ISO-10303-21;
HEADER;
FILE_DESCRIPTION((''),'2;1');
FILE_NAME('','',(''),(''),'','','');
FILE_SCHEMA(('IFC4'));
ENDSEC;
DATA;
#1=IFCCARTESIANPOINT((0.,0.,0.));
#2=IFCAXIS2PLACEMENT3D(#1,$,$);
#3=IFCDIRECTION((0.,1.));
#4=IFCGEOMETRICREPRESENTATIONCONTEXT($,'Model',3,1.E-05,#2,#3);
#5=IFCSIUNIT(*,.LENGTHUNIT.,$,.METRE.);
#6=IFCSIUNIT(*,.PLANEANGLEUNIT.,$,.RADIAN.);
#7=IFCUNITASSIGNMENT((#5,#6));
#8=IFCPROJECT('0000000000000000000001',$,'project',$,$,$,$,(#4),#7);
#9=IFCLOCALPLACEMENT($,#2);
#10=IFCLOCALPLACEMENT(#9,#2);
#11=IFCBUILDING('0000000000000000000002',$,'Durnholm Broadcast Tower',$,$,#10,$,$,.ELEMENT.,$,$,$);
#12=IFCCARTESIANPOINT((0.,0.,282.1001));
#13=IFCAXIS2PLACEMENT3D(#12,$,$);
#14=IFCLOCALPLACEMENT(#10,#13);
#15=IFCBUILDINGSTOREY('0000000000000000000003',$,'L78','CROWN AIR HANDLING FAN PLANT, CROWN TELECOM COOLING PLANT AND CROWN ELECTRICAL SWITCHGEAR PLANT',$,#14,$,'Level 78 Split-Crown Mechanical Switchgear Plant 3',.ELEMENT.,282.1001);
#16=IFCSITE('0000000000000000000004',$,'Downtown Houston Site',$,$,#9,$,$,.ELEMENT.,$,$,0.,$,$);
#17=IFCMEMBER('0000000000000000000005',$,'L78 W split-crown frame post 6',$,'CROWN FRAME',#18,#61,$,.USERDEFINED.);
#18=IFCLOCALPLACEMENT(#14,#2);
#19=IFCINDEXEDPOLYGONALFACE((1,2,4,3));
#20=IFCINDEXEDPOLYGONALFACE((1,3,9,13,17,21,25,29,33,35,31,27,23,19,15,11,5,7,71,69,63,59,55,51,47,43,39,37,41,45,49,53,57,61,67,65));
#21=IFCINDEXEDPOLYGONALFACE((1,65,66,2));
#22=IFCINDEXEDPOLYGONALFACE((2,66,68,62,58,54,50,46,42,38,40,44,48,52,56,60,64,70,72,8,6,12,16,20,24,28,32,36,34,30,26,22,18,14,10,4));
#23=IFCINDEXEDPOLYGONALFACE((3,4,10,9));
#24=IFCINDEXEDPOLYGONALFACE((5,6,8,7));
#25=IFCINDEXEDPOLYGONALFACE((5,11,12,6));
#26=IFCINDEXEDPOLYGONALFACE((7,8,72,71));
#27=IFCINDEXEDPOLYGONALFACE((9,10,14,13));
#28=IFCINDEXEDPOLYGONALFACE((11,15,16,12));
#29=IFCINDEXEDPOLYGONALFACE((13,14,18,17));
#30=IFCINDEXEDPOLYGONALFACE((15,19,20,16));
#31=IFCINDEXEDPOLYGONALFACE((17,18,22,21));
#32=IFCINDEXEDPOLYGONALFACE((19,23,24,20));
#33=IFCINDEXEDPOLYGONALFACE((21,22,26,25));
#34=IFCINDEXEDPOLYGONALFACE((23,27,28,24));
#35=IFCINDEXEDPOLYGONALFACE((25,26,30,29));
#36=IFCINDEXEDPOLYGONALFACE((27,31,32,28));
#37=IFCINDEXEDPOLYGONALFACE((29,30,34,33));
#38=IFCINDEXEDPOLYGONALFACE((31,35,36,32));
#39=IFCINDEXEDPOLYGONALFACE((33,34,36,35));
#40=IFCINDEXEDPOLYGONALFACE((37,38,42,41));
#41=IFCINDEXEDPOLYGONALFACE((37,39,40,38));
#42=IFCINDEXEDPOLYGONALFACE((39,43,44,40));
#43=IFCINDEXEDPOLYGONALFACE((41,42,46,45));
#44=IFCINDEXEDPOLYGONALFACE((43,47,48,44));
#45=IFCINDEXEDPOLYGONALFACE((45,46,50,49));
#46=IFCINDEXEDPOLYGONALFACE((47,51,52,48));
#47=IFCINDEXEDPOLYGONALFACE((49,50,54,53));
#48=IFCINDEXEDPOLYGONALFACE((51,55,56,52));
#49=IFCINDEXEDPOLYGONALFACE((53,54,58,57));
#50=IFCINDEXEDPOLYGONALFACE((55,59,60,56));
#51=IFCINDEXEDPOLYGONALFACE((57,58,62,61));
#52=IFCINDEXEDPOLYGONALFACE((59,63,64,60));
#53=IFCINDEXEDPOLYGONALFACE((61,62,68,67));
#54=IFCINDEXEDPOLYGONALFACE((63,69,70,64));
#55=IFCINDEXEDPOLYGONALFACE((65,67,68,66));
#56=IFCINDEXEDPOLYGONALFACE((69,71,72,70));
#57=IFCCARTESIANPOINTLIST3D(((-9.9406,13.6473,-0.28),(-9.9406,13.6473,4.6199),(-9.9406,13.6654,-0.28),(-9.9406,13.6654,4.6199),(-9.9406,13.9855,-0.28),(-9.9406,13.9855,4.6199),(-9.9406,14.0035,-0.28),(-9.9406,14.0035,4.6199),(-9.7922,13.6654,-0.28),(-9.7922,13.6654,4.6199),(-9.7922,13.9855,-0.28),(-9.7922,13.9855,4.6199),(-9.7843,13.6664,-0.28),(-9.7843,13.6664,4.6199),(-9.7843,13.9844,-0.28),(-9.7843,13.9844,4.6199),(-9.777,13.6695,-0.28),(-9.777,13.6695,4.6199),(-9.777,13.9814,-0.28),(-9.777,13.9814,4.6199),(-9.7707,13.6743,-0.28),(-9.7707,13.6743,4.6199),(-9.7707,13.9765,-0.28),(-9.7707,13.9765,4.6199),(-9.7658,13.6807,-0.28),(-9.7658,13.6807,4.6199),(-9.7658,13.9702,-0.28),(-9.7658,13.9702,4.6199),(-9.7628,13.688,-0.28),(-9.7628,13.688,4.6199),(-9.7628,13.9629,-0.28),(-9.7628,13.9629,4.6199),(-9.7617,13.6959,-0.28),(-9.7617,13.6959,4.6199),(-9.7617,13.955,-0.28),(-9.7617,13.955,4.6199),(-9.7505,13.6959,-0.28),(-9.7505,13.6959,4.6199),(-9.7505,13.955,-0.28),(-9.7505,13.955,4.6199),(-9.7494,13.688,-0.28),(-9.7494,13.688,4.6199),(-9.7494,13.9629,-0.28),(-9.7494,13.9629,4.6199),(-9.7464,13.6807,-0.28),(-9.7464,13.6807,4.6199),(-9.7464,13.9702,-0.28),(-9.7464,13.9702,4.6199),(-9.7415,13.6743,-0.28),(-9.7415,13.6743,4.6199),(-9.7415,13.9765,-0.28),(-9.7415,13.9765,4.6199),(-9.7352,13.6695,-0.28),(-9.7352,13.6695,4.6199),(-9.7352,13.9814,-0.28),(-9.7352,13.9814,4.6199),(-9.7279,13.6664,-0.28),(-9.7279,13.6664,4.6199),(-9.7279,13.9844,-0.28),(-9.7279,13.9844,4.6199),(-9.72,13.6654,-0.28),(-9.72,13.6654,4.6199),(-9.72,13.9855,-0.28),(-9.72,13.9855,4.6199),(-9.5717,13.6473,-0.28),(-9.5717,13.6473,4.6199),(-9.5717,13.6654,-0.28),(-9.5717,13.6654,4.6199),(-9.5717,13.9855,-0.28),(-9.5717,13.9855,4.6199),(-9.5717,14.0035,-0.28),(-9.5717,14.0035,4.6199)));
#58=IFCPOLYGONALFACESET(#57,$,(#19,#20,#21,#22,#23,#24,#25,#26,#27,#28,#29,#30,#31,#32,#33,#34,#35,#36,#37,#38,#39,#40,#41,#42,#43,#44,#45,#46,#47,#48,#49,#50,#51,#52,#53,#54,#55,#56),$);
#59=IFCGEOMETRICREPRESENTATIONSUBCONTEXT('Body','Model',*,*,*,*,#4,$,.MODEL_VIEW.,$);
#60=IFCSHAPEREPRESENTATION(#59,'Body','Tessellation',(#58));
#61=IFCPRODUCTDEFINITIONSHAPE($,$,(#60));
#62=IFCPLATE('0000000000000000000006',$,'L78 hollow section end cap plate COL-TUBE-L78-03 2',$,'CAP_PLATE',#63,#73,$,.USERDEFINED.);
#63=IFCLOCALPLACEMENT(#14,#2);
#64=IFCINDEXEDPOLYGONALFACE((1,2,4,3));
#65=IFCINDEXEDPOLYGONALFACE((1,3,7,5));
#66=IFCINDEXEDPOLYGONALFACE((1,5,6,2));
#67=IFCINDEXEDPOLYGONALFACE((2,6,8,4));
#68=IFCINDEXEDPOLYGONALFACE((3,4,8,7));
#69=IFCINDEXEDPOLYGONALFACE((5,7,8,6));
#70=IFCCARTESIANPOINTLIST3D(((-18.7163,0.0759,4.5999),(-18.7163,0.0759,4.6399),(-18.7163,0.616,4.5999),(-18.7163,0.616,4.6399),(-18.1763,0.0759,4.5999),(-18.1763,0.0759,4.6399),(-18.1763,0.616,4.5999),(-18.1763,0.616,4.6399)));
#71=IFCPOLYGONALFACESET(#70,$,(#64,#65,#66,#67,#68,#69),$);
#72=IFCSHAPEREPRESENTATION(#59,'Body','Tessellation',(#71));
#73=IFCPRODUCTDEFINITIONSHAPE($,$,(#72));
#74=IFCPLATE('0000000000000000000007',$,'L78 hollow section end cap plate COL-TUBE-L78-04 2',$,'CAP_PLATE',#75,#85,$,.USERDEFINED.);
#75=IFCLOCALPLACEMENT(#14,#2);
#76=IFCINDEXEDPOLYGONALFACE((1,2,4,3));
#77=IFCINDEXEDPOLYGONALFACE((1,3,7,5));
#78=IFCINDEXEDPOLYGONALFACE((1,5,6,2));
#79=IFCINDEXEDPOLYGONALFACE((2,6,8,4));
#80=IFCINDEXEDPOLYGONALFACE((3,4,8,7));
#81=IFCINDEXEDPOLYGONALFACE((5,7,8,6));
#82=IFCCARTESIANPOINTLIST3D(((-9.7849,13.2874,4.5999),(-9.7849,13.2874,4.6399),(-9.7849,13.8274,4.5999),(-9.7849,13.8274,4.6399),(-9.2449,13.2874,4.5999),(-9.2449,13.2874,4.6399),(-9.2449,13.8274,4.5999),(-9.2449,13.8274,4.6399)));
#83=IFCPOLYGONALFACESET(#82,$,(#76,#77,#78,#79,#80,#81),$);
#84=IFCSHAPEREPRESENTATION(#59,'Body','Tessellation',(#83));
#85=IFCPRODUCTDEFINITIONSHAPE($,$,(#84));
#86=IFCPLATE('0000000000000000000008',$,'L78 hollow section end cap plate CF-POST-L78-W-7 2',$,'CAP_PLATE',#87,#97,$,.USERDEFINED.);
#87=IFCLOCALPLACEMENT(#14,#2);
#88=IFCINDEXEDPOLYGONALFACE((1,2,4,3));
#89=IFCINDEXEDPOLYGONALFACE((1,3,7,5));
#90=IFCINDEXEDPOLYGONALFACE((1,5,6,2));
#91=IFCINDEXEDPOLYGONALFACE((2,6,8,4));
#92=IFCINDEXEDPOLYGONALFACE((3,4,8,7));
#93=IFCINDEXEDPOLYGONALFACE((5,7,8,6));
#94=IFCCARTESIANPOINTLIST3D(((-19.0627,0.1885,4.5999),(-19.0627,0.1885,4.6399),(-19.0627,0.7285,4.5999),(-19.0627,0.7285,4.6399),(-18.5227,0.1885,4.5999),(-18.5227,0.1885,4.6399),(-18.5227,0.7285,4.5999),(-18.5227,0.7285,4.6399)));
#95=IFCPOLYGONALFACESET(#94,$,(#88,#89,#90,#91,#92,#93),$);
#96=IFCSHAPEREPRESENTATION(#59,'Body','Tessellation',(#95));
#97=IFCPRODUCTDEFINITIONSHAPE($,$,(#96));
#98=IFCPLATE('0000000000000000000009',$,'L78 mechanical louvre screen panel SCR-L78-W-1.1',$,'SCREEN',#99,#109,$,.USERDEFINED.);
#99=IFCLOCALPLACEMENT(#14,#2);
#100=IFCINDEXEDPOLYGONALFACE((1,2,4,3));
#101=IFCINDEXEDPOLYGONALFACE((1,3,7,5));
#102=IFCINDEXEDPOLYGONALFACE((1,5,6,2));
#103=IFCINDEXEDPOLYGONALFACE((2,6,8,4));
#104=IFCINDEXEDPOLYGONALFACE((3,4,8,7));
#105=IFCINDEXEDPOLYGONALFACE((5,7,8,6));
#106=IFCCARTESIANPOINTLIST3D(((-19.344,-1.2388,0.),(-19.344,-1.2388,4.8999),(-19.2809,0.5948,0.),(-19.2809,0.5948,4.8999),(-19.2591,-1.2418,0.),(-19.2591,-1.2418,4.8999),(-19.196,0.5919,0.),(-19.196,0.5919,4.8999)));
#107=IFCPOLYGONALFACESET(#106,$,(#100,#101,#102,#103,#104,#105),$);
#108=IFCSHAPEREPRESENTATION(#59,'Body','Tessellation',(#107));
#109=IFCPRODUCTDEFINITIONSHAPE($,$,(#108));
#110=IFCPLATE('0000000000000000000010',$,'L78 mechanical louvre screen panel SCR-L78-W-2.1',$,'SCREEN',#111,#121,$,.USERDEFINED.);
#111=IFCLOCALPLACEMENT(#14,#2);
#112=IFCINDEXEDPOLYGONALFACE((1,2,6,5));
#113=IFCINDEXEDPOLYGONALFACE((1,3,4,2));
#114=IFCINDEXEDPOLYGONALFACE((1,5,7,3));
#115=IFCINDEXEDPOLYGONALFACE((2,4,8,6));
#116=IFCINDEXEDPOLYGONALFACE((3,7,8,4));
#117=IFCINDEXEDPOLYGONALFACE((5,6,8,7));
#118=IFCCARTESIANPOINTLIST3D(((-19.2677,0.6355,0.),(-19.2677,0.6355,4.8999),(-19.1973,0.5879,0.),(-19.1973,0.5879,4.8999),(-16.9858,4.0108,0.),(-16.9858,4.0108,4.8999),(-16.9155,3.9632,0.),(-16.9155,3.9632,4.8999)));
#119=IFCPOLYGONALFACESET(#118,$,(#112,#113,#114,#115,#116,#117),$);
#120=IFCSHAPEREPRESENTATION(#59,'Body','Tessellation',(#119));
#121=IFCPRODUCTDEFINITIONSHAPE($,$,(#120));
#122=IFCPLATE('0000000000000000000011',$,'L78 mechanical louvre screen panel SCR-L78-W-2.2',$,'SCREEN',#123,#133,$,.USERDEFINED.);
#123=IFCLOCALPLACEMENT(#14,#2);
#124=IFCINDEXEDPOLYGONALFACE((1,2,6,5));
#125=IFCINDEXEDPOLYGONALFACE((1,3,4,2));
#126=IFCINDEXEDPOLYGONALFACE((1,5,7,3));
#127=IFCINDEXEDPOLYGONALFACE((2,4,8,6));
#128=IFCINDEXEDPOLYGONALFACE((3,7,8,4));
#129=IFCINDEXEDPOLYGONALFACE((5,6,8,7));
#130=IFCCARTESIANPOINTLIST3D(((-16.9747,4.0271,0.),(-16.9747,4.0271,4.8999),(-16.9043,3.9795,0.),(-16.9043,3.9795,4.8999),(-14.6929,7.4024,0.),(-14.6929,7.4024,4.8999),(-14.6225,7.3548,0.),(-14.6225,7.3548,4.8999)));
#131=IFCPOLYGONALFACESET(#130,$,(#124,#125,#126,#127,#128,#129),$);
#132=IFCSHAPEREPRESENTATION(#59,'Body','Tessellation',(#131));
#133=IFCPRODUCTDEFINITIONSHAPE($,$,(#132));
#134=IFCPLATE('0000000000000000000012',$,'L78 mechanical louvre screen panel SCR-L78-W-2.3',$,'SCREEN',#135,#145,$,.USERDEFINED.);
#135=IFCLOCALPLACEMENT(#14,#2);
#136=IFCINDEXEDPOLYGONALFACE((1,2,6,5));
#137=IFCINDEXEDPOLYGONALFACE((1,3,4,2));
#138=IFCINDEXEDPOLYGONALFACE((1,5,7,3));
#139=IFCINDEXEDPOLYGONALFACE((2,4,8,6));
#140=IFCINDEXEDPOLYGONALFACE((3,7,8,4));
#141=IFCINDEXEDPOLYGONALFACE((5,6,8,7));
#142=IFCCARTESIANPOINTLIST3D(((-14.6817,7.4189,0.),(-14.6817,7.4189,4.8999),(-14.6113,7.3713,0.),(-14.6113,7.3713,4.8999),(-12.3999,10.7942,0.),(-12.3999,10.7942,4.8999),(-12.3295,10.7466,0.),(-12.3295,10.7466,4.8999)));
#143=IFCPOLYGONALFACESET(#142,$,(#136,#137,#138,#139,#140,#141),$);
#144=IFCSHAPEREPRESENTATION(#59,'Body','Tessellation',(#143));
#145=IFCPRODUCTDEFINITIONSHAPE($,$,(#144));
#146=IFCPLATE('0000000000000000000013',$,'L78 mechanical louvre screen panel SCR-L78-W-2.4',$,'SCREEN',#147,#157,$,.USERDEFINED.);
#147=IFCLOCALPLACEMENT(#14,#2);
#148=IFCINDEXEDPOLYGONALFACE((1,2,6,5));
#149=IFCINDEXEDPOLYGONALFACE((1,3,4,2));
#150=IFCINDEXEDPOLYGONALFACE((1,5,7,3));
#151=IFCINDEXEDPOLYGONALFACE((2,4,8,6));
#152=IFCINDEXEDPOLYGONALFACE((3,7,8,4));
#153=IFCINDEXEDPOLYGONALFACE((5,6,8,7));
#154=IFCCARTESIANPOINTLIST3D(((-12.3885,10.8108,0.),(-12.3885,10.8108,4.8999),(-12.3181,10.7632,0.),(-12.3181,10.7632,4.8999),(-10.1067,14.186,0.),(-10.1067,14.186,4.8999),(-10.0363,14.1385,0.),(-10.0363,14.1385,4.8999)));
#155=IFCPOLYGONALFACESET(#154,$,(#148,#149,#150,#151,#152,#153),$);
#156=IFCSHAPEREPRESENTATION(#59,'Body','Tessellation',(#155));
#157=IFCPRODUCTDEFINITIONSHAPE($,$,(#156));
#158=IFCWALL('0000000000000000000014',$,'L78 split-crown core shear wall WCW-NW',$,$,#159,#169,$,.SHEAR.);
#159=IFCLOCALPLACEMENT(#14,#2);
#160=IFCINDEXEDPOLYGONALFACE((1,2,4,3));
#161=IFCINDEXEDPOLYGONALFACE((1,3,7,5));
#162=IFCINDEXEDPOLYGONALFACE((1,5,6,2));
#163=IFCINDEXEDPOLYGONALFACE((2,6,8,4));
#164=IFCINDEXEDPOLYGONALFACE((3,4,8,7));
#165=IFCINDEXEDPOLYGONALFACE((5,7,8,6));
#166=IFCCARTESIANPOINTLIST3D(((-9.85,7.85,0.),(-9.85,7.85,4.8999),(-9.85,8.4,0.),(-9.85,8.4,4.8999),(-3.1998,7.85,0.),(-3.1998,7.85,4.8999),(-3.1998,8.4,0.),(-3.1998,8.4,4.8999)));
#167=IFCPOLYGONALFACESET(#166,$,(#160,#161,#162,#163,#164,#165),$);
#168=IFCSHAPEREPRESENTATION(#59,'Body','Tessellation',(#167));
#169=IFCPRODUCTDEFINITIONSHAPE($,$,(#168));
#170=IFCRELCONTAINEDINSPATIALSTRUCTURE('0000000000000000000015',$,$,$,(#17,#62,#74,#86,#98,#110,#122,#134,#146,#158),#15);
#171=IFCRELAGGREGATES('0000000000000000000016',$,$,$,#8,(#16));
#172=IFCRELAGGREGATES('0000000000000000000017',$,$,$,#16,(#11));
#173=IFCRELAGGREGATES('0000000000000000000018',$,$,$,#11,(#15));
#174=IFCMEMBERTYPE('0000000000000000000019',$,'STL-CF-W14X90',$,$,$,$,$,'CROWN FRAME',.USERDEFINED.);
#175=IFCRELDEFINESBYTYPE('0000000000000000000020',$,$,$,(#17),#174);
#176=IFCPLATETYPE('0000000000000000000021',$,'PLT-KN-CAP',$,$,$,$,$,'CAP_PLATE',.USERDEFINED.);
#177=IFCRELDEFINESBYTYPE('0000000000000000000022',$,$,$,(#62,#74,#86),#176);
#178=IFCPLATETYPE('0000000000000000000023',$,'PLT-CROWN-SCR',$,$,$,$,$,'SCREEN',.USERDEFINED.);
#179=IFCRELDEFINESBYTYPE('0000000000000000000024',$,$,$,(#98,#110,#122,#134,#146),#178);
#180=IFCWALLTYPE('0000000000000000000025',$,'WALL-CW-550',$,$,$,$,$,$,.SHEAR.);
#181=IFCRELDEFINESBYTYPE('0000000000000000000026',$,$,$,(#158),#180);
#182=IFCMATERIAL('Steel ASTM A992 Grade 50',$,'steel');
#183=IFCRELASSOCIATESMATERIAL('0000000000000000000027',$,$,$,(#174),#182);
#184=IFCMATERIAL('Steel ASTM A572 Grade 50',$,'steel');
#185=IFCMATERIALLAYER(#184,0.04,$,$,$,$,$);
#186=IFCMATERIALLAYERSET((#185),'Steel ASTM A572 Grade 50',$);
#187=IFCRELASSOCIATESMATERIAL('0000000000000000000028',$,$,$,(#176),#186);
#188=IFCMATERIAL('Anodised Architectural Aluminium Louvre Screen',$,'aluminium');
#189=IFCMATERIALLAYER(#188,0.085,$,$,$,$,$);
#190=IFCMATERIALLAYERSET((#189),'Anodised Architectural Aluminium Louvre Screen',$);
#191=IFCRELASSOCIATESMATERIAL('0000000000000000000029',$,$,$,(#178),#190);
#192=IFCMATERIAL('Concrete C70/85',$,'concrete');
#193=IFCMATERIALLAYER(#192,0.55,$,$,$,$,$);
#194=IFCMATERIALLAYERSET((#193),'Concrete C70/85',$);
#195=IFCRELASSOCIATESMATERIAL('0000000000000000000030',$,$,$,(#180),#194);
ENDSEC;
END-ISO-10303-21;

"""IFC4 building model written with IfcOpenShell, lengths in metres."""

from ifc_helpers import new_model, si_unit, direction, frame, frame_2d, origin, origin_2d, place, context, subcontext, project, spatial, rectangle, i_section, extrude, source, transform, mapped, material, layer, layer_set, material_profile, profile_set, type_object, type_shapes, element, save


model = new_model("IFC4")

# Units and contexts
model_context = context("Model", 3, precision=1e-05, world=origin(), true_north=direction((0.0, 1.0)))
body_context = subcontext(model_context, "Body", "Model", "MODEL_VIEW")
ifc_project = project(units=[si_unit("LENGTHUNIT", "METRE"), si_unit("PLANEANGLEUNIT", "RADIAN")], contexts=[model_context])

# Site, building, storey
site_placement = place(None, origin())
site = spatial("IfcSite", under=ifc_project, at=site_placement, Name="Downtown Houston Site", CompositionType="ELEMENT", RefElevation=0.0)
building_placement = place(site_placement, origin())
building = spatial("IfcBuilding", under=site, at=building_placement, Name="Durnholm Broadcast Tower", CompositionType="ELEMENT")
storey_placement = place(building_placement, frame((0.0, 0.0, 282.1001)))
storey = spatial("IfcBuildingStorey", under=building, at=storey_placement, Name="L78", Description="CROWN AIR HANDLING FAN PLANT, CROWN TELECOM COOLING PLANT AND CROWN ELECTRICAL SWITCHGEAR PLANT", LongName="Level 78 Split-Crown Mechanical Switchgear Plant 3", CompositionType="ELEMENT", Elevation=282.1001)

# Shared definitions
ifc_material_1 = material(Name="Concrete C70/85", Category="concrete")

# Shared definitions
ifc_material_2 = material(Name="Steel ASTM A992 Grade 50", Category="steel")

# Member
ifc_material_profile_1 = material_profile(ifc_material_2, i_section(OverallWidth=0.3689, OverallDepth=0.3562, WebThickness=0.0112, FlangeThickness=0.0181, FilletRadius=0.0305, at=origin_2d()), Name="W14X90")
ifc_profile_set_1 = profile_set([ifc_material_profile_1], Name="Steel ASTM A992 Grade 50")
member_type_1 = type_object("IfcMemberType", Name="STL-CF-W14X90", ElementType="CROWN FRAME", PredefinedType="USERDEFINED", material=ifc_profile_set_1)
shared_shape_1 = source(origin(), body_context, "Body", "SweptSolid", [
    extrude(i_section(OverallWidth=0.3689, OverallDepth=0.3562, WebThickness=0.0112, FlangeThickness=0.0181, FilletRadius=0.0305, at=origin_2d()), origin(), (0.0, 0.0, 1.0), 4.8999),
])
type_shapes(member_type_1, [shared_shape_1])
member_1_placement = place(storey_placement, frame((-9.7561, 13.8254, -0.28), z_axis=(0.0, 0.0, 1.0), x_axis=(1.0, 0.0, 0.0)))
element("IfcMember", 1, at=member_1_placement, inside=storey, type_object=member_type_1, Name="L78 W split-crown frame post 6", ObjectType="CROWN FRAME", PredefinedType="USERDEFINED", context=body_context, shape_type="MappedRepresentation", body=[
    mapped(shared_shape_1, transform((0.0, 0.0, 0.0), x_axis=(1.0, 0.0, 0.0), y_axis=(0.0, 1.0, 0.0), z_axis=(0.0, 0.0, 1.0), scale=1.0)),
])

# Plates
ifc_material_3 = material(Name="Steel ASTM A572 Grade 50", Category="steel")
ifc_layer_1 = layer(ifc_material_3, 0.04)
ifc_layer_set_1 = layer_set([ifc_layer_1], Name="Steel ASTM A572 Grade 50")
plate_type_1 = type_object("IfcPlateType", Name="PLT-KN-CAP", ElementType="CAP_PLATE", PredefinedType="USERDEFINED", material=ifc_layer_set_1)
shared_shape_2 = source(origin(), body_context, "Body", "SweptSolid", [
    extrude(rectangle(XDim=0.54, YDim=0.54, at=origin_2d()), origin(), (0.0, 0.0, 1.0), 0.04),
])
type_shapes(plate_type_1, [shared_shape_2])
for number, where, z_axis, x_axis, name in (
    (2, (-18.4463, 0.3459, 4.5999), (0.0, 0.0, 1.0), (1.0, 0.0, 0.0), "L78 hollow section end cap plate COL-TUBE-L78-03 2"),
    (3, (-9.5149, 13.5574, 4.5999), (0.0, 0.0, 1.0), (1.0, 0.0, 0.0), "L78 hollow section end cap plate COL-TUBE-L78-04 2"),
    (4, (-18.7927, 0.4585, 4.5999), (0.0, 0.0, 1.0), (1.0, 0.0, 0.0), "L78 hollow section end cap plate CF-POST-L78-W-7 2"),
):
    element("IfcPlate", number, at=place(storey_placement, frame(where, z_axis=z_axis, x_axis=x_axis)), inside=storey, type_object=plate_type_1, Name=name, ObjectType="CAP_PLATE", PredefinedType="USERDEFINED", context=body_context, shape_type="MappedRepresentation", body=[
        mapped(shared_shape_2, transform((0.0, 0.0, 0.0), x_axis=(1.0, 0.0, 0.0), y_axis=(0.0, 1.0, 0.0), z_axis=(0.0, 0.0, 1.0), scale=1.0)),
    ])
ifc_material_4 = material(Name="Anodised Architectural Aluminium Louvre Screen", Category="aluminium")
ifc_layer_2 = layer(ifc_material_4, 0.085)
ifc_layer_set_2 = layer_set([ifc_layer_2], Name="Anodised Architectural Aluminium Louvre Screen")
plate_type_2 = type_object("IfcPlateType", Name="PLT-CROWN-SCR", ElementType="SCREEN", PredefinedType="USERDEFINED", material=ifc_layer_set_2)
shared_shape_3 = source(origin(), body_context, "Body", "SweptSolid", [
    extrude(rectangle(XDim=1.8347, YDim=0.085, at=origin_2d()), origin(), (0.0, 0.0, 1.0), 4.8999),
])
plate_placement = place(storey_placement, frame((-19.27, -0.3235, 0.0), z_axis=(0.0, 0.0, 1.0), x_axis=(0.034376, 0.999409, 0.0)))
element("IfcPlate", 5, at=plate_placement, inside=storey, type_object=plate_type_2, Name="L78 mechanical louvre screen panel SCR-L78-W-1.1", ObjectType="SCREEN", PredefinedType="USERDEFINED", context=body_context, shape_type="MappedRepresentation", body=[
    mapped(shared_shape_3, transform((0.0, 0.0, 0.0), x_axis=(1.0, 0.0, 0.0), y_axis=(0.0, 1.0, 0.0), z_axis=(0.0, 0.0, 1.0), scale=1.0)),
])
shared_shape_4 = source(origin(), body_context, "Body", "SweptSolid", [
    extrude(rectangle(XDim=4.0742, YDim=0.085, at=origin_2d()), origin(), (0.0, 0.0, 1.0), 4.8999),
])
type_shapes(plate_type_2, [shared_shape_3, shared_shape_4])
for number, where, z_axis, x_axis, name in (
    (6, (-18.0916, 2.2993, 0.0), (0.0, 0.0, 1.0), (0.560061, 0.828452, 0.0), "L78 mechanical louvre screen panel SCR-L78-W-2.1"),
    (7, (-15.7986, 5.6909, 0.0), (0.0, 0.0, 1.0), (0.560061, 0.828452, 0.0), "L78 mechanical louvre screen panel SCR-L78-W-2.2"),
    (8, (-13.5056, 9.0828, 0.0), (0.0, 0.0, 1.0), (0.560061, 0.828452, 0.0), "L78 mechanical louvre screen panel SCR-L78-W-2.3"),
    (9, (-11.2124, 12.4746, 0.0), (0.0, 0.0, 1.0), (0.560061, 0.828452, 0.0), "L78 mechanical louvre screen panel SCR-L78-W-2.4"),
):
    element("IfcPlate", number, at=place(storey_placement, frame(where, z_axis=z_axis, x_axis=x_axis)), inside=storey, type_object=plate_type_2, Name=name, ObjectType="SCREEN", PredefinedType="USERDEFINED", context=body_context, shape_type="MappedRepresentation", body=[
        mapped(shared_shape_4, transform((0.0, 0.0, 0.0), x_axis=(1.0, 0.0, 0.0), y_axis=(0.0, 1.0, 0.0), z_axis=(0.0, 0.0, 1.0), scale=1.0)),
    ])

# Wall
ifc_layer_3 = layer(ifc_material_1, 0.55)
ifc_layer_set_3 = layer_set([ifc_layer_3], Name="Concrete C70/85")
wall_type_1 = type_object("IfcWallType", Name="WALL-CW-550", PredefinedType="SHEAR", material=ifc_layer_set_3)
wall_1_placement = place(storey_placement, frame((-9.8501, 8.125, 0.0), z_axis=(0.0, 0.0, 1.0), x_axis=(1.0, 0.0, 0.0)))
element("IfcWall", 10, at=wall_1_placement, inside=storey, type_object=wall_type_1, Name="L78 split-crown core shear wall WCW-NW", PredefinedType="SHEAR", context=body_context, shape_type="SweptSolid", body=[
    extrude(rectangle(XDim=6.6501, YDim=0.55, at=frame_2d((3.3252, 0.0))), origin(), (0.0, 0.0, 1.0), 4.8999),
])

save(model, "model.ifc")
